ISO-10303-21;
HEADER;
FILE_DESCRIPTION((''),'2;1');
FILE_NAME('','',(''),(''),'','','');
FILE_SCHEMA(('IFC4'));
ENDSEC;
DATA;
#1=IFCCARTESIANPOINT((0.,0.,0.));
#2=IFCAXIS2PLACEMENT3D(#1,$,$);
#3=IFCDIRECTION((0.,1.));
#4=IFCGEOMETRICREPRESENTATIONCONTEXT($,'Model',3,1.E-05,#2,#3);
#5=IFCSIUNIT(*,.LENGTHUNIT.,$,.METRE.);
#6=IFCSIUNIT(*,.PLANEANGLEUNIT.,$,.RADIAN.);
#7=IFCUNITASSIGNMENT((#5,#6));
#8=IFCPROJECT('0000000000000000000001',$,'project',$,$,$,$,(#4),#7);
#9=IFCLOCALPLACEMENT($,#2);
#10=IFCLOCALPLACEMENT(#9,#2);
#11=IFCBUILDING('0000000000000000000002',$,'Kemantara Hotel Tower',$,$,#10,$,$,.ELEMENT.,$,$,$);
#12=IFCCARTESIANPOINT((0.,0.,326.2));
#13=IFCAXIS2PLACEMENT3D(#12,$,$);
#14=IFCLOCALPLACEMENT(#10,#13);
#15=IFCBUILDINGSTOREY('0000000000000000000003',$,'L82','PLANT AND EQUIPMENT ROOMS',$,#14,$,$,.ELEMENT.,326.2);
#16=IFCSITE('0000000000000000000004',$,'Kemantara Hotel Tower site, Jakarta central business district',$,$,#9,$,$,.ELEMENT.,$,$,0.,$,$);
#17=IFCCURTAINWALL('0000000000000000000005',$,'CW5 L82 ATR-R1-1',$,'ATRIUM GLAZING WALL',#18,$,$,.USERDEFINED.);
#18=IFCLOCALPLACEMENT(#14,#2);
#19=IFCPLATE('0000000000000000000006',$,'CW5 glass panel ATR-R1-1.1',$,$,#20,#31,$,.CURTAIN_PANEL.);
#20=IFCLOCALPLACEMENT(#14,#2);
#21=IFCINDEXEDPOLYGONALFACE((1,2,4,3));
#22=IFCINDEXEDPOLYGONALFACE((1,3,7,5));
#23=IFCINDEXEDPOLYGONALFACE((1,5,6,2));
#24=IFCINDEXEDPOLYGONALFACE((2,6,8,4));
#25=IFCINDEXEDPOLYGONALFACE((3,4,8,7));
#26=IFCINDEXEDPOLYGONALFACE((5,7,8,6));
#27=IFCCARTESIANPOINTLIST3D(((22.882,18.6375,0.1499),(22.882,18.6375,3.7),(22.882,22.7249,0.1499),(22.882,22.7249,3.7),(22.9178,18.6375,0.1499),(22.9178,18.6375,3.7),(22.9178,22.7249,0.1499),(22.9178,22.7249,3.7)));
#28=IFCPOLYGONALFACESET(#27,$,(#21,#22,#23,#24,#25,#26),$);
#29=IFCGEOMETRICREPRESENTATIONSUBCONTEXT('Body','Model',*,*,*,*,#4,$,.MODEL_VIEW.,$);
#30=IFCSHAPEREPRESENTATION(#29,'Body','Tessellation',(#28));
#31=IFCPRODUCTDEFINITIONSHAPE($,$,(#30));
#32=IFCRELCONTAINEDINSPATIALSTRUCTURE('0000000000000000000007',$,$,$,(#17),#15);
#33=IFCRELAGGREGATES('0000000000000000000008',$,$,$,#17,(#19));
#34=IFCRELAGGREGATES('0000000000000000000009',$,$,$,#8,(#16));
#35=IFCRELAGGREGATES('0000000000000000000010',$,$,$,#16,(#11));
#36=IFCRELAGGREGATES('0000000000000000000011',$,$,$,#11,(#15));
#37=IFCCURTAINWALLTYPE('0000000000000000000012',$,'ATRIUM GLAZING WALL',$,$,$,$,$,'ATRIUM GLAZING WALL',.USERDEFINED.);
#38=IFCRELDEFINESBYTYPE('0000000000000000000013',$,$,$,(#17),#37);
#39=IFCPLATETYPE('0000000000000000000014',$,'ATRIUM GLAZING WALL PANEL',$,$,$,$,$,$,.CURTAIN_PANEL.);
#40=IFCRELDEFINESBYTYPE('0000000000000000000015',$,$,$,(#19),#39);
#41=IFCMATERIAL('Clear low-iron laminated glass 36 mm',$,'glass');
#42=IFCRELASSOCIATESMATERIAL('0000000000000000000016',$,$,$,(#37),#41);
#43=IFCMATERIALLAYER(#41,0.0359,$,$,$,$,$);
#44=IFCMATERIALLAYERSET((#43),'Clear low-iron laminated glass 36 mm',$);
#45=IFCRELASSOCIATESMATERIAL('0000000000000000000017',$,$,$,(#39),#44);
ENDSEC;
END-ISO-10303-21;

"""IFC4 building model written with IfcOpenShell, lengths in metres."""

from ifc_helpers import new_model, si_unit, direction, frame, origin, origin_2d, place, context, subcontext, project, spatial, rectangle, extrude, source, transform, mapped, material, layer, layer_set, type_object, element, aggregate, save


model = new_model("IFC4")

# Units and contexts
model_context = context("Model", 3, precision=1e-05, world=origin(), true_north=direction((0.0, 1.0)))
body_context = subcontext(model_context, "Body", "Model", "MODEL_VIEW")
ifc_project = project(units=[si_unit("LENGTHUNIT", "METRE"), si_unit("PLANEANGLEUNIT", "RADIAN")], contexts=[model_context])

# Site, building, storey
site_placement = place(None, origin())
site = spatial("IfcSite", under=ifc_project, at=site_placement, Name="Kemantara Hotel Tower site, Jakarta central business district", CompositionType="ELEMENT", RefElevation=0.0)
building_placement = place(site_placement, origin())
building = spatial("IfcBuilding", under=site, at=building_placement, Name="Kemantara Hotel Tower", CompositionType="ELEMENT")
storey_placement = place(building_placement, frame((0.0, 0.0, 326.2)))
storey = spatial("IfcBuildingStorey", under=building, at=storey_placement, Name="L82", Description="PLANT AND EQUIPMENT ROOMS", CompositionType="ELEMENT", Elevation=326.2)

# Curtain wall
ifc_material_1 = material(Name="Clear low-iron laminated glass 36 mm", Category="glass")
curtain_wall_type_1 = type_object("IfcCurtainWallType", Name="ATRIUM GLAZING WALL", ElementType="ATRIUM GLAZING WALL", PredefinedType="USERDEFINED", material=ifc_material_1)
curtain_wall_1_placement = place(storey_placement, origin())
curtain_wall_1 = element("IfcCurtainWall", 1, at=curtain_wall_1_placement, inside=storey, type_object=curtain_wall_type_1, Name="CW5 L82 ATR-R1-1", ObjectType="ATRIUM GLAZING WALL", PredefinedType="USERDEFINED")

# Plate
ifc_layer_1 = layer(ifc_material_1, 0.0359)
ifc_layer_set_1 = layer_set([ifc_layer_1], Name="Clear low-iron laminated glass 36 mm")
plate_type_1 = type_object("IfcPlateType", Name="ATRIUM GLAZING WALL PANEL", PredefinedType="CURTAIN_PANEL", material=ifc_layer_set_1)
shared_shape_1 = source(origin(), body_context, "Body", "SweptSolid", [
    extrude(rectangle(XDim=4.0874, YDim=0.0359, at=origin_2d()), origin(), (0.0, 0.0, 1.0), 3.55),
])
plate_1_placement = place(storey_placement, frame((22.8999, 20.6812, 0.1499), z_axis=(0.0, 0.0, 1.0), x_axis=(0.0, -1.0, 0.0)))
plate_1 = element("IfcPlate", 2, at=plate_1_placement, type_object=plate_type_1, Name="CW5 glass panel ATR-R1-1.1", PredefinedType="CURTAIN_PANEL", context=body_context, shape_type="MappedRepresentation", body=[
    mapped(shared_shape_1, transform((0.0, 0.0, 0.0))),
])
aggregate(curtain_wall_1, [plate_1])

save(model, "model.ifc")
